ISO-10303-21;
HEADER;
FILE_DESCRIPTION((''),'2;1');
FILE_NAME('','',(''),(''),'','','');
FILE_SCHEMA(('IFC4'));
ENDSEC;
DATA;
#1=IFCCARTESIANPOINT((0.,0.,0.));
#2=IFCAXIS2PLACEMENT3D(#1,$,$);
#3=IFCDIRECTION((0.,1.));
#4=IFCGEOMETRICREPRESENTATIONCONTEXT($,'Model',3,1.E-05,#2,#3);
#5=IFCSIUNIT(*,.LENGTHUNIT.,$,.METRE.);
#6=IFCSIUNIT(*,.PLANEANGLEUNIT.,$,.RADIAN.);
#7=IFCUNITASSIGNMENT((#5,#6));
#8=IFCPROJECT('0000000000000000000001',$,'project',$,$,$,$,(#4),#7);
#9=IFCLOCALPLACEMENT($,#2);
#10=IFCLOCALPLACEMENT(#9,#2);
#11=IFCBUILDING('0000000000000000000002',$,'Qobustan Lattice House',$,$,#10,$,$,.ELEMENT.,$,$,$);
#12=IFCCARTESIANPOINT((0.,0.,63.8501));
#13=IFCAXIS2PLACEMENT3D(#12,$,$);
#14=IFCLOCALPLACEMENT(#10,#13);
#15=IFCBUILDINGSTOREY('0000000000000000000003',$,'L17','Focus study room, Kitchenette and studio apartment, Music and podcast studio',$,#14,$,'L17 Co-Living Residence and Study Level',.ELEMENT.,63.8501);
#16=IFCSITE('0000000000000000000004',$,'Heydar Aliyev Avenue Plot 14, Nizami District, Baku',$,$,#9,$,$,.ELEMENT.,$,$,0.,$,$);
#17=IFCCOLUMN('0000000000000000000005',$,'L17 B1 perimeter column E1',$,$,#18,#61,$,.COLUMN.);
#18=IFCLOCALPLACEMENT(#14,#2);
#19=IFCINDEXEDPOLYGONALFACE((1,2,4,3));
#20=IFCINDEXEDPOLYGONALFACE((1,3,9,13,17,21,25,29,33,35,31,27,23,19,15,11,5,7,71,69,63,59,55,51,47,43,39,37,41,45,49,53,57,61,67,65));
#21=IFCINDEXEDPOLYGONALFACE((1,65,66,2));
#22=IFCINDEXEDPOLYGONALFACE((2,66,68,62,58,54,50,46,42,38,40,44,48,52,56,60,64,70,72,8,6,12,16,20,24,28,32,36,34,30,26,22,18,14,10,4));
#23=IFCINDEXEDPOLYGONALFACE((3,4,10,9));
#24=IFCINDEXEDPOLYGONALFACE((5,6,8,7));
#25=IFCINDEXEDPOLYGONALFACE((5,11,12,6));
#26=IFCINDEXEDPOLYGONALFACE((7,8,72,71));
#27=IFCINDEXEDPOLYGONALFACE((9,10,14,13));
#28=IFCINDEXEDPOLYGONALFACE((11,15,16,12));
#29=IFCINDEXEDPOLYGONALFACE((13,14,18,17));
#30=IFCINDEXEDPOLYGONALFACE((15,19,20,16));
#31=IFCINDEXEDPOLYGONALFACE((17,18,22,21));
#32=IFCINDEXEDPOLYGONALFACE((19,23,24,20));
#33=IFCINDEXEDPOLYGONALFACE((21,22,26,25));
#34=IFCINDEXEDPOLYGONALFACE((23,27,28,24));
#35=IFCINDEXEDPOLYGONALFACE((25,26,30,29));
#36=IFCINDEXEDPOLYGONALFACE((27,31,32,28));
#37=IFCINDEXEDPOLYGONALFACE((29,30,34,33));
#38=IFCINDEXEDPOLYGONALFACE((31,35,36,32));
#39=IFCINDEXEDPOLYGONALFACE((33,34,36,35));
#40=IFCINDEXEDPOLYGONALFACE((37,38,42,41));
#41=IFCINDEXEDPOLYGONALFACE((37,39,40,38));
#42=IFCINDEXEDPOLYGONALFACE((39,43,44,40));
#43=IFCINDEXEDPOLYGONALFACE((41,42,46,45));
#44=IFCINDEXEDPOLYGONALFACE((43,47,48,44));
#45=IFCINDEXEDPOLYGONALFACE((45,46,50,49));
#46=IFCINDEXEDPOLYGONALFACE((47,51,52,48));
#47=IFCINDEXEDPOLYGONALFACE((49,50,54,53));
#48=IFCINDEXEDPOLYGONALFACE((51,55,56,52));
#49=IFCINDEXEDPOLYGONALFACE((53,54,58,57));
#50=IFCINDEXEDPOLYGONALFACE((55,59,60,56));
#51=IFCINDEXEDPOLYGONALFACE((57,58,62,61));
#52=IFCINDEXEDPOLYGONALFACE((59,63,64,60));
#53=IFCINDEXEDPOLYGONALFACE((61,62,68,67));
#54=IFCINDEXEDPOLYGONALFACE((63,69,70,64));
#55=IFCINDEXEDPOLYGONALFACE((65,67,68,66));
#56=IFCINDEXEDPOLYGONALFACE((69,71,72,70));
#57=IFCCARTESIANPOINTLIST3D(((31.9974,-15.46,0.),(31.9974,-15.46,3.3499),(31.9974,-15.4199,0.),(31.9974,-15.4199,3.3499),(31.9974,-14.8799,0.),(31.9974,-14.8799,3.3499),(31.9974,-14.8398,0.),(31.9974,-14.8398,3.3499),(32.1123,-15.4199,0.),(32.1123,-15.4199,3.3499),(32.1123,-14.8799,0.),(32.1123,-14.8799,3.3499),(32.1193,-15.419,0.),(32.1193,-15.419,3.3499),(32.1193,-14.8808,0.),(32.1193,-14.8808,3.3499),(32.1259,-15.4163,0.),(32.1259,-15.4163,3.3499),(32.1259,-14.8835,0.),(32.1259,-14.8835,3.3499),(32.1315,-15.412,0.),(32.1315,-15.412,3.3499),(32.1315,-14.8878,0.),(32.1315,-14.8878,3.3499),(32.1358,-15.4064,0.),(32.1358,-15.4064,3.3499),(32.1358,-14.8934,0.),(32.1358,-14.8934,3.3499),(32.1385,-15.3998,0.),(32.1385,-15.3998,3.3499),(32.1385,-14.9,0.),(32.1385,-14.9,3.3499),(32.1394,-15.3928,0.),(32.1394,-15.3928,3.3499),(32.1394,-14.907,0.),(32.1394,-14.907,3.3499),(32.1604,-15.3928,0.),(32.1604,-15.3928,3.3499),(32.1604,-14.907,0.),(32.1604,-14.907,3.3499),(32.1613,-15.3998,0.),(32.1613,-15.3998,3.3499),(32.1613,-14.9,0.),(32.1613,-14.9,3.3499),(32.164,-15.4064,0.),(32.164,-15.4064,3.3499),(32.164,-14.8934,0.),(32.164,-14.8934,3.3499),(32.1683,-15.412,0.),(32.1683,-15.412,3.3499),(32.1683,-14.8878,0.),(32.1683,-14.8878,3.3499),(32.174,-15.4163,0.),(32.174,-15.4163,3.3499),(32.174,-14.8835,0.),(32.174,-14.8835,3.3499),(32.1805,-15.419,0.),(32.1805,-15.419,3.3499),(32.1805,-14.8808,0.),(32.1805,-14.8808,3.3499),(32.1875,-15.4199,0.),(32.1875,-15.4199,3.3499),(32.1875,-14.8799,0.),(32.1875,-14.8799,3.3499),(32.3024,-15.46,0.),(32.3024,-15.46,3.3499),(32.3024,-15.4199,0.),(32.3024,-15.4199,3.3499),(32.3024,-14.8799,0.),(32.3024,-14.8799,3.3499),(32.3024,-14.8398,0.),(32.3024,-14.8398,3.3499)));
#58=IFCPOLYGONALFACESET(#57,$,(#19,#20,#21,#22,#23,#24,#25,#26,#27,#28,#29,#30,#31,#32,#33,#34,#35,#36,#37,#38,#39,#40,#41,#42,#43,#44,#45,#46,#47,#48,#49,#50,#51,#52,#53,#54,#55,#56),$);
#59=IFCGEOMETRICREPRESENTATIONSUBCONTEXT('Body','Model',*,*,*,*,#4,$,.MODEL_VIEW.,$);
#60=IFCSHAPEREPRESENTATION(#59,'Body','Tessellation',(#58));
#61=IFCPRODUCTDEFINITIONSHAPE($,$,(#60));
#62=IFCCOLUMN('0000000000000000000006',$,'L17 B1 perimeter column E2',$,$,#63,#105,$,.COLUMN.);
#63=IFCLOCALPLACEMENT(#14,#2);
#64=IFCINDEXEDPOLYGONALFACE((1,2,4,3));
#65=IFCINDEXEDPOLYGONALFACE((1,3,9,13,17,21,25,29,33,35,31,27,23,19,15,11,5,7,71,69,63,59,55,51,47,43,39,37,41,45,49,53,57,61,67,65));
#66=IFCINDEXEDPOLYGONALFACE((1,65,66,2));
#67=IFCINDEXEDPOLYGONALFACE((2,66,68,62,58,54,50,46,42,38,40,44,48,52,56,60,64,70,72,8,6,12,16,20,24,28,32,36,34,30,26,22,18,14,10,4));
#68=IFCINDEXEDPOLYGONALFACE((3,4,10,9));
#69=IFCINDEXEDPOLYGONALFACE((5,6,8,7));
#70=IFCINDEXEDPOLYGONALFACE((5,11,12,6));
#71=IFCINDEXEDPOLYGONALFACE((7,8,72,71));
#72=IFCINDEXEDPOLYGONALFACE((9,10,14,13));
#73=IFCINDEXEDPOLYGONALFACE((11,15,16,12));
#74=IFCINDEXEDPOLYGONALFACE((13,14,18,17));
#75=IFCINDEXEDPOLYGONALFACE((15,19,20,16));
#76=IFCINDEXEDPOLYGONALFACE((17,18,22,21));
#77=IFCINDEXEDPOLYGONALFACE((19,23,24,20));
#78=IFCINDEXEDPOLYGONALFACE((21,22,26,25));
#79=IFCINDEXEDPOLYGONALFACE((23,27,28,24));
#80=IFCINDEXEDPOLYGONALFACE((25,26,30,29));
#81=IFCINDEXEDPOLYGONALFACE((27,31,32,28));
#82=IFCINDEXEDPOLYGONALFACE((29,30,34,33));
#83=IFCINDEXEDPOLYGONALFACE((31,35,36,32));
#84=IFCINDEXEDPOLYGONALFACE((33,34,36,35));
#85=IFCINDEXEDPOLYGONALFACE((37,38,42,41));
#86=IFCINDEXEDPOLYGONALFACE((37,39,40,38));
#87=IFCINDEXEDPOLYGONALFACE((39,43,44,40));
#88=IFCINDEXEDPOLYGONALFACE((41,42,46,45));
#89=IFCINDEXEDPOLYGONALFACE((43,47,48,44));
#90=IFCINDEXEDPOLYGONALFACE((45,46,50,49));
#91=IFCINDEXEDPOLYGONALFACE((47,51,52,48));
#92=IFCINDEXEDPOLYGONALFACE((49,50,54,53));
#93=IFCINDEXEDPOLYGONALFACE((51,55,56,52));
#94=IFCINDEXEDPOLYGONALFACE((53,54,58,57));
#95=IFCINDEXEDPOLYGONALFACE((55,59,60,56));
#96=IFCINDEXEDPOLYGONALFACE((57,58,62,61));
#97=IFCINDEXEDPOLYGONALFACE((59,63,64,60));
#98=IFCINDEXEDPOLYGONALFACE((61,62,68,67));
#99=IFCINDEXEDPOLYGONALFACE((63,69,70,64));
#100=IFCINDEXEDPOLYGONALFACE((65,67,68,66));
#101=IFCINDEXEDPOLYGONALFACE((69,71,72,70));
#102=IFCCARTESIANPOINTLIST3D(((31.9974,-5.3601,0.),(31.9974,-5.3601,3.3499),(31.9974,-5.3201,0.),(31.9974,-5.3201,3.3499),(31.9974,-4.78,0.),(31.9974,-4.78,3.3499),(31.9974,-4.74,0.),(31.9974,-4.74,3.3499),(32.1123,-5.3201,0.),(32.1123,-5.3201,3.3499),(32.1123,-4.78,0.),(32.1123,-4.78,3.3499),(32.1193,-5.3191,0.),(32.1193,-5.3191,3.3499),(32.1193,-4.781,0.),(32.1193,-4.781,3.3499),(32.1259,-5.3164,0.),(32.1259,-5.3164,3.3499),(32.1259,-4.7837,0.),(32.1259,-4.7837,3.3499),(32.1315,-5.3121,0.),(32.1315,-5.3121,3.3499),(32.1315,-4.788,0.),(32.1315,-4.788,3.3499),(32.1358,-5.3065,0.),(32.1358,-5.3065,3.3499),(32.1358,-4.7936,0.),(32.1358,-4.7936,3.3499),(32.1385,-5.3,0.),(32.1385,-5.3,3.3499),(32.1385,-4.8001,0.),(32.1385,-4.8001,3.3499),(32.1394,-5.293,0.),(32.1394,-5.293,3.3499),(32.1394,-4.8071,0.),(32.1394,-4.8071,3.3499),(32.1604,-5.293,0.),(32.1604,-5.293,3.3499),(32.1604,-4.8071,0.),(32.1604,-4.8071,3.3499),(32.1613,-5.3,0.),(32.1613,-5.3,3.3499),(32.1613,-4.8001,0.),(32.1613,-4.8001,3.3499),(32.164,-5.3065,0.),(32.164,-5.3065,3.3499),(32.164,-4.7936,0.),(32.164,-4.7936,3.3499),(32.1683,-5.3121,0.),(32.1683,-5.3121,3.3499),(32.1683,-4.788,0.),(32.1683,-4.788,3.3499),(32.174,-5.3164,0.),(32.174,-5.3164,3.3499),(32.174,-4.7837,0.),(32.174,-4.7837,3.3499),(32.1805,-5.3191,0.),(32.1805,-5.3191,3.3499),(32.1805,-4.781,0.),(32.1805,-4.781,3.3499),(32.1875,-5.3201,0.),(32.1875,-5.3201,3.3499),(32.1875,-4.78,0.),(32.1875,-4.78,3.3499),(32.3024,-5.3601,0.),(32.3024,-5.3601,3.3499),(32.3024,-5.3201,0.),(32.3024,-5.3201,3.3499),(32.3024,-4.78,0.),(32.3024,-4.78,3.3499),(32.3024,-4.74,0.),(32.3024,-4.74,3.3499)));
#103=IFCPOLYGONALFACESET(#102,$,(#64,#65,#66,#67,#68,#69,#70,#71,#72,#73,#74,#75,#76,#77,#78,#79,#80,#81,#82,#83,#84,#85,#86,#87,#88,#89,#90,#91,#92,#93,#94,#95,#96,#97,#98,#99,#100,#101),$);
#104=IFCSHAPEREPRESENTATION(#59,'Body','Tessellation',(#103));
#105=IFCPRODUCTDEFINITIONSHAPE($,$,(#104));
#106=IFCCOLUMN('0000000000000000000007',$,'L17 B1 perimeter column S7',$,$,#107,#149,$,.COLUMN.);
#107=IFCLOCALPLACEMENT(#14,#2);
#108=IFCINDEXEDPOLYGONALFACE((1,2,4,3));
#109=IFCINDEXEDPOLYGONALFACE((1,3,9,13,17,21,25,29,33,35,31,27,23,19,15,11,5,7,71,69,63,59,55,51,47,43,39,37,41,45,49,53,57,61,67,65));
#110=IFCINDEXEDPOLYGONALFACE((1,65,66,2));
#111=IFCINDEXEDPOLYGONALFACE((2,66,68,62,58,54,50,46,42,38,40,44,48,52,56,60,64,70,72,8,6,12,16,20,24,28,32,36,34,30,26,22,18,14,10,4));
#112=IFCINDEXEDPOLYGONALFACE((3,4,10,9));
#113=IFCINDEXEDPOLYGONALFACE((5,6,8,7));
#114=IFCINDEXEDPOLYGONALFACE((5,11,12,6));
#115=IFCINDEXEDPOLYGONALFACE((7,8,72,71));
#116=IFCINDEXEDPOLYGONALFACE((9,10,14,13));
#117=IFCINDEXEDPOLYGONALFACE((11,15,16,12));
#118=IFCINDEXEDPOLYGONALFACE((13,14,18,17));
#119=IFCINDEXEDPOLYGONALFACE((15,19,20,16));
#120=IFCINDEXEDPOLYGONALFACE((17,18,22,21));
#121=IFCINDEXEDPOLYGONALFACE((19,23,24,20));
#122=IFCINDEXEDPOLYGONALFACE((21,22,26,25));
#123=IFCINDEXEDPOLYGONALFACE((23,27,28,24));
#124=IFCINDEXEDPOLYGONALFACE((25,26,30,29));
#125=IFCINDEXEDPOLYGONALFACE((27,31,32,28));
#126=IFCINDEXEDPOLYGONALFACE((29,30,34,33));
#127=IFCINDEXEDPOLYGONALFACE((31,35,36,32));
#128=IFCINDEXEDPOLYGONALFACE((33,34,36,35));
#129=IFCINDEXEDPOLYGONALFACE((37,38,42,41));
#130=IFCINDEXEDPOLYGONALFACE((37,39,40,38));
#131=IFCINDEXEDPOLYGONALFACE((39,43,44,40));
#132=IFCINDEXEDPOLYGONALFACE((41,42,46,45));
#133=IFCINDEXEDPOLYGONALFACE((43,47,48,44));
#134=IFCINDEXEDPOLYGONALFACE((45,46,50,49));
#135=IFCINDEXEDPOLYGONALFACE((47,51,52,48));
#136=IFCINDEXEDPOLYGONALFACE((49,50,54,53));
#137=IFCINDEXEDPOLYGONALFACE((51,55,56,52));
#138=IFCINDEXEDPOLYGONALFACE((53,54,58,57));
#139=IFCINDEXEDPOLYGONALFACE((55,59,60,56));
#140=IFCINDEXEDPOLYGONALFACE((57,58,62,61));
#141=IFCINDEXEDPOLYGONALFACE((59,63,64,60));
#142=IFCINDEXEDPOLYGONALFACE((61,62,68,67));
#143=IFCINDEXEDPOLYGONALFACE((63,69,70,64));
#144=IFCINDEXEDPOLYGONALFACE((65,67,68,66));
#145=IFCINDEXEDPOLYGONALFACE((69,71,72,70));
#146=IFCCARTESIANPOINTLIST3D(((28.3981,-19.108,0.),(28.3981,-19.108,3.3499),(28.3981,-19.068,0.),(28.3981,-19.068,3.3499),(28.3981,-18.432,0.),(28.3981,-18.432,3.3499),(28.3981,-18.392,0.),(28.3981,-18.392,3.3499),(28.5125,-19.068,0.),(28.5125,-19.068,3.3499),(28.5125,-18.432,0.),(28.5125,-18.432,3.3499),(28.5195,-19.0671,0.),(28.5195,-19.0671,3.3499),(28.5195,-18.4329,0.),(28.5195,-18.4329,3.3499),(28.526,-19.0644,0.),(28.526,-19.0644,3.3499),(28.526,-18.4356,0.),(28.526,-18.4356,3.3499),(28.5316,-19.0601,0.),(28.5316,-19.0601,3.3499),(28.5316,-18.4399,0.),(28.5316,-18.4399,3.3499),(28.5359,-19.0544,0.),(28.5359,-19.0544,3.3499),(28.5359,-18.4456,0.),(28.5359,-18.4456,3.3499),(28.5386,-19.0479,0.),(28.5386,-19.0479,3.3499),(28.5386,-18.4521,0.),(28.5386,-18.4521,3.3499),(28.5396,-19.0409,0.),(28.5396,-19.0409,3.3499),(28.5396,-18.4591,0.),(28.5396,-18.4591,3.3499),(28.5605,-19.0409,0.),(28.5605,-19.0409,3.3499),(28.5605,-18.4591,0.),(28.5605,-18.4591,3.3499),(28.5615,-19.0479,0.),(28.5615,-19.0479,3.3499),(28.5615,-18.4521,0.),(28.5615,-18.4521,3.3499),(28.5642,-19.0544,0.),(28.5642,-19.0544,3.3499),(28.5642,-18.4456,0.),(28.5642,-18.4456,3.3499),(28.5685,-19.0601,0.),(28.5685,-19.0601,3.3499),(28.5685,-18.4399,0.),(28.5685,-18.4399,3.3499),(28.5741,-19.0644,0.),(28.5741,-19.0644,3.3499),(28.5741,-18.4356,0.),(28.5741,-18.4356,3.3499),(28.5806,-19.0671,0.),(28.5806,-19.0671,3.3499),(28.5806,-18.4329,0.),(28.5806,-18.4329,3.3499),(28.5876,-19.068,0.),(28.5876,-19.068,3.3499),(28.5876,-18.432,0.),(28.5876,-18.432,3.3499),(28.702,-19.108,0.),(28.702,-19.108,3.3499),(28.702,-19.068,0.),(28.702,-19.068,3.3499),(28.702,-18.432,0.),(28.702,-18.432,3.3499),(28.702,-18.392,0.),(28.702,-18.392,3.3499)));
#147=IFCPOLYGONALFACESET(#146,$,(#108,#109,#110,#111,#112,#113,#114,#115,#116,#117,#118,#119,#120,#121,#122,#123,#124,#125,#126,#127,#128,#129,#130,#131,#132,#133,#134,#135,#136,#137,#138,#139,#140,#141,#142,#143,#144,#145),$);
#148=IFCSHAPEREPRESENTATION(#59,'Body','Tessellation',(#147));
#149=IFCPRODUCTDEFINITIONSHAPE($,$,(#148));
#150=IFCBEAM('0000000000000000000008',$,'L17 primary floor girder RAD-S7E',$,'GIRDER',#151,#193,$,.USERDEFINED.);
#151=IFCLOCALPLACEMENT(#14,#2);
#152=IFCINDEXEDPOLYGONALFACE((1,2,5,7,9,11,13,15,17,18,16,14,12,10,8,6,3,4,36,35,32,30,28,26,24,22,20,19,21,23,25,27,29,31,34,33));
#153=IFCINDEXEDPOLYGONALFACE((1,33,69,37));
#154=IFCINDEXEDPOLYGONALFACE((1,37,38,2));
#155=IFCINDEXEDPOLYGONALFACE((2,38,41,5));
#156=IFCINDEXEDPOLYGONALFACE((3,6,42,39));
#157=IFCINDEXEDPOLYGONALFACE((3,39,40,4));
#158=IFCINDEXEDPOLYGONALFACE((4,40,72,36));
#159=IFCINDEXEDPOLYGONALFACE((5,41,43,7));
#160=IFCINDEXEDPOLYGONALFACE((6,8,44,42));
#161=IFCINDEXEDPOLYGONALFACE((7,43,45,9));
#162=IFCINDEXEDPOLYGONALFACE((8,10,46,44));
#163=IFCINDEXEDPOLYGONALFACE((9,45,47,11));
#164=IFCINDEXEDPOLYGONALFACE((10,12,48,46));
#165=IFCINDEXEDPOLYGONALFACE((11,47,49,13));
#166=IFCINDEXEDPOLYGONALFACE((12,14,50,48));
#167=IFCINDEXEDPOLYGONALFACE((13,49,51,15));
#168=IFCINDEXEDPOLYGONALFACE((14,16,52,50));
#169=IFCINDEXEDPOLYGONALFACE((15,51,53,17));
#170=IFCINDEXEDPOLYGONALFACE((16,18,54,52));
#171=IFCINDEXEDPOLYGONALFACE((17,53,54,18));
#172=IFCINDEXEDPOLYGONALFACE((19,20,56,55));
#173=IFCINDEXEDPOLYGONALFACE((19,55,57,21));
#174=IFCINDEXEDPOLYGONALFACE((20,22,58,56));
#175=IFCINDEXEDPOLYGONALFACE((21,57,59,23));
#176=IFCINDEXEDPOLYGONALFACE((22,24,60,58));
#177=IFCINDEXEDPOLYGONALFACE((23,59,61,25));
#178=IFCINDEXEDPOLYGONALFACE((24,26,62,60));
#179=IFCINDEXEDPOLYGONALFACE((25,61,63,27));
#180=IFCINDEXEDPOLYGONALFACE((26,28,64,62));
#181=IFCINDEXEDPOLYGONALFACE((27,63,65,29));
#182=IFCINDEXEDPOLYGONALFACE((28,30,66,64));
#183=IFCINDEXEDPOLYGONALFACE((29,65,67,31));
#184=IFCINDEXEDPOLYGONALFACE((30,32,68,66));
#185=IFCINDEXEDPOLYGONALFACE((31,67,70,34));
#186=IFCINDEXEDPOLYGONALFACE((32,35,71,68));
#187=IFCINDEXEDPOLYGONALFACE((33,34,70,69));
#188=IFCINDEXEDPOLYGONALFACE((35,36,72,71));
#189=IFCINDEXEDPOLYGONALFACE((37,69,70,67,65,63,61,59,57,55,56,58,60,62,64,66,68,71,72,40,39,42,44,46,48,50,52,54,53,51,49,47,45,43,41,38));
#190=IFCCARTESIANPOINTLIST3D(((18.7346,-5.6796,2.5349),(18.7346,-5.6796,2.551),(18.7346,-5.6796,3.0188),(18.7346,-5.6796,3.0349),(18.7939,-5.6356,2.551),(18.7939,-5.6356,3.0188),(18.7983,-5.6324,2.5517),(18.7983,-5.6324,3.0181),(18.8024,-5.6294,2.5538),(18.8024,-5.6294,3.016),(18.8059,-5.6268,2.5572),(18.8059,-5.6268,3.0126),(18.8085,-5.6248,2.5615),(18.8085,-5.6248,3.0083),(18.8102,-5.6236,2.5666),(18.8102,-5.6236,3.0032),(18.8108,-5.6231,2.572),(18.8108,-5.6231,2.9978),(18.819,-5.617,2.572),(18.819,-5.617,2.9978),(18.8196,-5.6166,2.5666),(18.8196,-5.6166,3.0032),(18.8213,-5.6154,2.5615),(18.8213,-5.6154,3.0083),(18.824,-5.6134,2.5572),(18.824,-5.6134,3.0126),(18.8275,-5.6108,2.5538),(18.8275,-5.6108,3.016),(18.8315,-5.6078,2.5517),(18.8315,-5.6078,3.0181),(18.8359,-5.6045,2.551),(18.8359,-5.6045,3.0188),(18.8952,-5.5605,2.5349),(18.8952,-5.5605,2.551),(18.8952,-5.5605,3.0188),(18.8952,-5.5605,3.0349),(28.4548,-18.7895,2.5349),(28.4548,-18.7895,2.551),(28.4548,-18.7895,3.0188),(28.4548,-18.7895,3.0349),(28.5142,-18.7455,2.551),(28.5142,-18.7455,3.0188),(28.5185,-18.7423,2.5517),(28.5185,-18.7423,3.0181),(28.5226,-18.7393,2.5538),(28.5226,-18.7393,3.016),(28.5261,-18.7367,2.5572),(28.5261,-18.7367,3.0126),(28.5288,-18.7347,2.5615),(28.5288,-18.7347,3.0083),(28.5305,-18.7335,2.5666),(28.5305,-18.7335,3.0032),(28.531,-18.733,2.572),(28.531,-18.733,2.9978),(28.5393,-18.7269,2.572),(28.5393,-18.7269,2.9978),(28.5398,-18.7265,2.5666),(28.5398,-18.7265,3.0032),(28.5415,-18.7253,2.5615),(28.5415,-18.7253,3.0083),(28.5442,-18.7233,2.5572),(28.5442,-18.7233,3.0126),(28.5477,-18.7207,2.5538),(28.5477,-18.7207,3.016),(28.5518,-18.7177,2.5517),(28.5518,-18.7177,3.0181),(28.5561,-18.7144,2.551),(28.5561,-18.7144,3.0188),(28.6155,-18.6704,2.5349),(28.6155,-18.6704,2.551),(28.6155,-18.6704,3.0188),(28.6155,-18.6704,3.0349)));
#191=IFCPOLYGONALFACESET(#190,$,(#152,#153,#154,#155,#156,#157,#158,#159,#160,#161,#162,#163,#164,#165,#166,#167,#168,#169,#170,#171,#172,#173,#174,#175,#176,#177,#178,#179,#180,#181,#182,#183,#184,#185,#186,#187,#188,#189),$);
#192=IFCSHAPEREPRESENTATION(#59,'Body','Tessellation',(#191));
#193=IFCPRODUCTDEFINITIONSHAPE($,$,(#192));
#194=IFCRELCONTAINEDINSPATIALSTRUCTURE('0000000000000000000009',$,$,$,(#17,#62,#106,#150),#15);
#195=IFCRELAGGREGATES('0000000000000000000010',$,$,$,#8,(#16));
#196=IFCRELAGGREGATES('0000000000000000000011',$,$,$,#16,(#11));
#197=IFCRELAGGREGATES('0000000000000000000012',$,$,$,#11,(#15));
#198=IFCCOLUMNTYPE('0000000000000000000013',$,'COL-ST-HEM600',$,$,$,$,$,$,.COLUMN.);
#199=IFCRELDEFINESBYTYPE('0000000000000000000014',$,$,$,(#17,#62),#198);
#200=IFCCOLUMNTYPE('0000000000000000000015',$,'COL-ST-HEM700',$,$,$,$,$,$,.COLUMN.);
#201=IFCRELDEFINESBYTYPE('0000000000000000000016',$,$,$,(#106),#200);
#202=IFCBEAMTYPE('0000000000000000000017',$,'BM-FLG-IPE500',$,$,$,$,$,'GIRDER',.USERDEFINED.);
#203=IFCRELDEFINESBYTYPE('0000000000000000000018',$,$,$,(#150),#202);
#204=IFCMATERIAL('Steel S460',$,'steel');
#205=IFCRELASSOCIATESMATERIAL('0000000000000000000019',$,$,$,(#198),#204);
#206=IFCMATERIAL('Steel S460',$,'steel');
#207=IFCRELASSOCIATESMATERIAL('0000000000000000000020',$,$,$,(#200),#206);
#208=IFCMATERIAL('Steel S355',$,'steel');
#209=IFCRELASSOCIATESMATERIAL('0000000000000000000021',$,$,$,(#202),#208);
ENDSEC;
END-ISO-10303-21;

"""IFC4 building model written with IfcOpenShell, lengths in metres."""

from ifc_helpers import new_model, si_unit, direction, frame, origin, origin_2d, place, context, subcontext, project, spatial, i_section, extrude, material, material_profile, profile_set, type_object, element, save


model = new_model("IFC4")

# Units and contexts
model_context = context("Model", 3, precision=1e-05, world=origin(), true_north=direction((0.0, 1.0)))
body_context = subcontext(model_context, "Body", "Model", "MODEL_VIEW")
ifc_project = project(units=[si_unit("LENGTHUNIT", "METRE"), si_unit("PLANEANGLEUNIT", "RADIAN")], contexts=[model_context])

# Site, building, storey
site_placement = place(None, origin())
site = spatial("IfcSite", under=ifc_project, at=site_placement, Name="Heydar Aliyev Avenue Plot 14, Nizami District, Baku", CompositionType="ELEMENT", RefElevation=0.0)
building_placement = place(site_placement, origin())
building = spatial("IfcBuilding", under=site, at=building_placement, Name="Qobustan Lattice House", CompositionType="ELEMENT")
storey_placement = place(building_placement, frame((0.0, 0.0, 63.8501)))
storey = spatial("IfcBuildingStorey", under=building, at=storey_placement, Name="L17", Description="Focus study room, Kitchenette and studio apartment, Music and podcast studio", LongName="L17 Co-Living Residence and Study Level", CompositionType="ELEMENT", Elevation=63.8501)

# Columns
ifc_material_1 = material(Name="Steel S460", Category="steel")
ifc_material_profile_1 = material_profile(ifc_material_1, i_section(OverallWidth=0.3049, OverallDepth=0.6201, WebThickness=0.021, FlangeThickness=0.04, FilletRadius=0.0271, at=origin_2d()), Name="HEM600")
ifc_profile_set_1 = profile_set([ifc_material_profile_1], Name="Steel S460")
column_type_1 = type_object("IfcColumnType", Name="COL-ST-HEM600", PredefinedType="COLUMN", material=ifc_profile_set_1)
for number, where, z_axis, x_axis, name in (
    (1, (32.1499, -15.1499, 0.0), (0.0, 0.0, 1.0), (1.0, 0.0, 0.0), "L17 B1 perimeter column E1"),
    (2, (32.1499, -5.05, 0.0), (0.0, 0.0, 1.0), (1.0, 0.0, 0.0), "L17 B1 perimeter column E2"),
):
    element("IfcColumn", number, at=place(storey_placement, frame(where, z_axis=z_axis, x_axis=x_axis)), inside=storey, type_object=column_type_1, Name=name, PredefinedType="COLUMN", context=body_context, shape_type="SweptSolid", body=[
        extrude(i_section(OverallWidth=0.3049, OverallDepth=0.6201, WebThickness=0.021, FlangeThickness=0.04, FilletRadius=0.0271, at=origin_2d()), origin(), (0.0, 0.0, 1.0), 3.3499),
    ])
ifc_material_2 = material(Name="Steel S460", Category="steel")
ifc_material_profile_2 = material_profile(ifc_material_2, i_section(OverallWidth=0.304, OverallDepth=0.7161, WebThickness=0.021, FlangeThickness=0.04, FilletRadius=0.0271, at=origin_2d()), Name="HEM700")
ifc_profile_set_2 = profile_set([ifc_material_profile_2], Name="Steel S460")
column_type_2 = type_object("IfcColumnType", Name="COL-ST-HEM700", PredefinedType="COLUMN", material=ifc_profile_set_2)
column_placement = place(storey_placement, frame((28.55, -18.75, 0.0), z_axis=(0.0, 0.0, 1.0), x_axis=(1.0, 0.0, 0.0)))
element("IfcColumn", 3, at=column_placement, inside=storey, type_object=column_type_2, Name="L17 B1 perimeter column S7", PredefinedType="COLUMN", context=body_context, shape_type="SweptSolid", body=[
    extrude(i_section(OverallWidth=0.304, OverallDepth=0.7161, WebThickness=0.021, FlangeThickness=0.04, FilletRadius=0.0271, at=origin_2d()), origin(), (0.0, 0.0, 1.0), 3.3499),
])

# Beam
ifc_material_3 = material(Name="Steel S355", Category="steel")
ifc_material_profile_3 = material_profile(ifc_material_3, i_section(OverallWidth=0.2, OverallDepth=0.5, WebThickness=0.0103, FlangeThickness=0.0161, FilletRadius=0.021, at=origin_2d()), Name="IPE500")
ifc_profile_set_3 = profile_set([ifc_material_profile_3], Name="Steel S355")
beam_type_1 = type_object("IfcBeamType", Name="BM-FLG-IPE500", ElementType="GIRDER", PredefinedType="USERDEFINED", material=ifc_profile_set_3)
beam_1_placement = place(storey_placement, frame((28.5352, -18.73, 2.7849), z_axis=(-0.595592, 0.803287, 0.0), x_axis=(-0.803287, -0.595592, 0.0)))
element("IfcBeam", 4, at=beam_1_placement, inside=storey, type_object=beam_type_1, Name="L17 primary floor girder RAD-S7E", ObjectType="GIRDER", PredefinedType="USERDEFINED", context=body_context, shape_type="SweptSolid", body=[
    extrude(i_section(OverallWidth=0.2, OverallDepth=0.5, WebThickness=0.0103, FlangeThickness=0.0161, FilletRadius=0.021, at=origin_2d()), origin(), (0.0, 0.0, 1.0), 16.3203),
])

save(model, "model.ifc")
